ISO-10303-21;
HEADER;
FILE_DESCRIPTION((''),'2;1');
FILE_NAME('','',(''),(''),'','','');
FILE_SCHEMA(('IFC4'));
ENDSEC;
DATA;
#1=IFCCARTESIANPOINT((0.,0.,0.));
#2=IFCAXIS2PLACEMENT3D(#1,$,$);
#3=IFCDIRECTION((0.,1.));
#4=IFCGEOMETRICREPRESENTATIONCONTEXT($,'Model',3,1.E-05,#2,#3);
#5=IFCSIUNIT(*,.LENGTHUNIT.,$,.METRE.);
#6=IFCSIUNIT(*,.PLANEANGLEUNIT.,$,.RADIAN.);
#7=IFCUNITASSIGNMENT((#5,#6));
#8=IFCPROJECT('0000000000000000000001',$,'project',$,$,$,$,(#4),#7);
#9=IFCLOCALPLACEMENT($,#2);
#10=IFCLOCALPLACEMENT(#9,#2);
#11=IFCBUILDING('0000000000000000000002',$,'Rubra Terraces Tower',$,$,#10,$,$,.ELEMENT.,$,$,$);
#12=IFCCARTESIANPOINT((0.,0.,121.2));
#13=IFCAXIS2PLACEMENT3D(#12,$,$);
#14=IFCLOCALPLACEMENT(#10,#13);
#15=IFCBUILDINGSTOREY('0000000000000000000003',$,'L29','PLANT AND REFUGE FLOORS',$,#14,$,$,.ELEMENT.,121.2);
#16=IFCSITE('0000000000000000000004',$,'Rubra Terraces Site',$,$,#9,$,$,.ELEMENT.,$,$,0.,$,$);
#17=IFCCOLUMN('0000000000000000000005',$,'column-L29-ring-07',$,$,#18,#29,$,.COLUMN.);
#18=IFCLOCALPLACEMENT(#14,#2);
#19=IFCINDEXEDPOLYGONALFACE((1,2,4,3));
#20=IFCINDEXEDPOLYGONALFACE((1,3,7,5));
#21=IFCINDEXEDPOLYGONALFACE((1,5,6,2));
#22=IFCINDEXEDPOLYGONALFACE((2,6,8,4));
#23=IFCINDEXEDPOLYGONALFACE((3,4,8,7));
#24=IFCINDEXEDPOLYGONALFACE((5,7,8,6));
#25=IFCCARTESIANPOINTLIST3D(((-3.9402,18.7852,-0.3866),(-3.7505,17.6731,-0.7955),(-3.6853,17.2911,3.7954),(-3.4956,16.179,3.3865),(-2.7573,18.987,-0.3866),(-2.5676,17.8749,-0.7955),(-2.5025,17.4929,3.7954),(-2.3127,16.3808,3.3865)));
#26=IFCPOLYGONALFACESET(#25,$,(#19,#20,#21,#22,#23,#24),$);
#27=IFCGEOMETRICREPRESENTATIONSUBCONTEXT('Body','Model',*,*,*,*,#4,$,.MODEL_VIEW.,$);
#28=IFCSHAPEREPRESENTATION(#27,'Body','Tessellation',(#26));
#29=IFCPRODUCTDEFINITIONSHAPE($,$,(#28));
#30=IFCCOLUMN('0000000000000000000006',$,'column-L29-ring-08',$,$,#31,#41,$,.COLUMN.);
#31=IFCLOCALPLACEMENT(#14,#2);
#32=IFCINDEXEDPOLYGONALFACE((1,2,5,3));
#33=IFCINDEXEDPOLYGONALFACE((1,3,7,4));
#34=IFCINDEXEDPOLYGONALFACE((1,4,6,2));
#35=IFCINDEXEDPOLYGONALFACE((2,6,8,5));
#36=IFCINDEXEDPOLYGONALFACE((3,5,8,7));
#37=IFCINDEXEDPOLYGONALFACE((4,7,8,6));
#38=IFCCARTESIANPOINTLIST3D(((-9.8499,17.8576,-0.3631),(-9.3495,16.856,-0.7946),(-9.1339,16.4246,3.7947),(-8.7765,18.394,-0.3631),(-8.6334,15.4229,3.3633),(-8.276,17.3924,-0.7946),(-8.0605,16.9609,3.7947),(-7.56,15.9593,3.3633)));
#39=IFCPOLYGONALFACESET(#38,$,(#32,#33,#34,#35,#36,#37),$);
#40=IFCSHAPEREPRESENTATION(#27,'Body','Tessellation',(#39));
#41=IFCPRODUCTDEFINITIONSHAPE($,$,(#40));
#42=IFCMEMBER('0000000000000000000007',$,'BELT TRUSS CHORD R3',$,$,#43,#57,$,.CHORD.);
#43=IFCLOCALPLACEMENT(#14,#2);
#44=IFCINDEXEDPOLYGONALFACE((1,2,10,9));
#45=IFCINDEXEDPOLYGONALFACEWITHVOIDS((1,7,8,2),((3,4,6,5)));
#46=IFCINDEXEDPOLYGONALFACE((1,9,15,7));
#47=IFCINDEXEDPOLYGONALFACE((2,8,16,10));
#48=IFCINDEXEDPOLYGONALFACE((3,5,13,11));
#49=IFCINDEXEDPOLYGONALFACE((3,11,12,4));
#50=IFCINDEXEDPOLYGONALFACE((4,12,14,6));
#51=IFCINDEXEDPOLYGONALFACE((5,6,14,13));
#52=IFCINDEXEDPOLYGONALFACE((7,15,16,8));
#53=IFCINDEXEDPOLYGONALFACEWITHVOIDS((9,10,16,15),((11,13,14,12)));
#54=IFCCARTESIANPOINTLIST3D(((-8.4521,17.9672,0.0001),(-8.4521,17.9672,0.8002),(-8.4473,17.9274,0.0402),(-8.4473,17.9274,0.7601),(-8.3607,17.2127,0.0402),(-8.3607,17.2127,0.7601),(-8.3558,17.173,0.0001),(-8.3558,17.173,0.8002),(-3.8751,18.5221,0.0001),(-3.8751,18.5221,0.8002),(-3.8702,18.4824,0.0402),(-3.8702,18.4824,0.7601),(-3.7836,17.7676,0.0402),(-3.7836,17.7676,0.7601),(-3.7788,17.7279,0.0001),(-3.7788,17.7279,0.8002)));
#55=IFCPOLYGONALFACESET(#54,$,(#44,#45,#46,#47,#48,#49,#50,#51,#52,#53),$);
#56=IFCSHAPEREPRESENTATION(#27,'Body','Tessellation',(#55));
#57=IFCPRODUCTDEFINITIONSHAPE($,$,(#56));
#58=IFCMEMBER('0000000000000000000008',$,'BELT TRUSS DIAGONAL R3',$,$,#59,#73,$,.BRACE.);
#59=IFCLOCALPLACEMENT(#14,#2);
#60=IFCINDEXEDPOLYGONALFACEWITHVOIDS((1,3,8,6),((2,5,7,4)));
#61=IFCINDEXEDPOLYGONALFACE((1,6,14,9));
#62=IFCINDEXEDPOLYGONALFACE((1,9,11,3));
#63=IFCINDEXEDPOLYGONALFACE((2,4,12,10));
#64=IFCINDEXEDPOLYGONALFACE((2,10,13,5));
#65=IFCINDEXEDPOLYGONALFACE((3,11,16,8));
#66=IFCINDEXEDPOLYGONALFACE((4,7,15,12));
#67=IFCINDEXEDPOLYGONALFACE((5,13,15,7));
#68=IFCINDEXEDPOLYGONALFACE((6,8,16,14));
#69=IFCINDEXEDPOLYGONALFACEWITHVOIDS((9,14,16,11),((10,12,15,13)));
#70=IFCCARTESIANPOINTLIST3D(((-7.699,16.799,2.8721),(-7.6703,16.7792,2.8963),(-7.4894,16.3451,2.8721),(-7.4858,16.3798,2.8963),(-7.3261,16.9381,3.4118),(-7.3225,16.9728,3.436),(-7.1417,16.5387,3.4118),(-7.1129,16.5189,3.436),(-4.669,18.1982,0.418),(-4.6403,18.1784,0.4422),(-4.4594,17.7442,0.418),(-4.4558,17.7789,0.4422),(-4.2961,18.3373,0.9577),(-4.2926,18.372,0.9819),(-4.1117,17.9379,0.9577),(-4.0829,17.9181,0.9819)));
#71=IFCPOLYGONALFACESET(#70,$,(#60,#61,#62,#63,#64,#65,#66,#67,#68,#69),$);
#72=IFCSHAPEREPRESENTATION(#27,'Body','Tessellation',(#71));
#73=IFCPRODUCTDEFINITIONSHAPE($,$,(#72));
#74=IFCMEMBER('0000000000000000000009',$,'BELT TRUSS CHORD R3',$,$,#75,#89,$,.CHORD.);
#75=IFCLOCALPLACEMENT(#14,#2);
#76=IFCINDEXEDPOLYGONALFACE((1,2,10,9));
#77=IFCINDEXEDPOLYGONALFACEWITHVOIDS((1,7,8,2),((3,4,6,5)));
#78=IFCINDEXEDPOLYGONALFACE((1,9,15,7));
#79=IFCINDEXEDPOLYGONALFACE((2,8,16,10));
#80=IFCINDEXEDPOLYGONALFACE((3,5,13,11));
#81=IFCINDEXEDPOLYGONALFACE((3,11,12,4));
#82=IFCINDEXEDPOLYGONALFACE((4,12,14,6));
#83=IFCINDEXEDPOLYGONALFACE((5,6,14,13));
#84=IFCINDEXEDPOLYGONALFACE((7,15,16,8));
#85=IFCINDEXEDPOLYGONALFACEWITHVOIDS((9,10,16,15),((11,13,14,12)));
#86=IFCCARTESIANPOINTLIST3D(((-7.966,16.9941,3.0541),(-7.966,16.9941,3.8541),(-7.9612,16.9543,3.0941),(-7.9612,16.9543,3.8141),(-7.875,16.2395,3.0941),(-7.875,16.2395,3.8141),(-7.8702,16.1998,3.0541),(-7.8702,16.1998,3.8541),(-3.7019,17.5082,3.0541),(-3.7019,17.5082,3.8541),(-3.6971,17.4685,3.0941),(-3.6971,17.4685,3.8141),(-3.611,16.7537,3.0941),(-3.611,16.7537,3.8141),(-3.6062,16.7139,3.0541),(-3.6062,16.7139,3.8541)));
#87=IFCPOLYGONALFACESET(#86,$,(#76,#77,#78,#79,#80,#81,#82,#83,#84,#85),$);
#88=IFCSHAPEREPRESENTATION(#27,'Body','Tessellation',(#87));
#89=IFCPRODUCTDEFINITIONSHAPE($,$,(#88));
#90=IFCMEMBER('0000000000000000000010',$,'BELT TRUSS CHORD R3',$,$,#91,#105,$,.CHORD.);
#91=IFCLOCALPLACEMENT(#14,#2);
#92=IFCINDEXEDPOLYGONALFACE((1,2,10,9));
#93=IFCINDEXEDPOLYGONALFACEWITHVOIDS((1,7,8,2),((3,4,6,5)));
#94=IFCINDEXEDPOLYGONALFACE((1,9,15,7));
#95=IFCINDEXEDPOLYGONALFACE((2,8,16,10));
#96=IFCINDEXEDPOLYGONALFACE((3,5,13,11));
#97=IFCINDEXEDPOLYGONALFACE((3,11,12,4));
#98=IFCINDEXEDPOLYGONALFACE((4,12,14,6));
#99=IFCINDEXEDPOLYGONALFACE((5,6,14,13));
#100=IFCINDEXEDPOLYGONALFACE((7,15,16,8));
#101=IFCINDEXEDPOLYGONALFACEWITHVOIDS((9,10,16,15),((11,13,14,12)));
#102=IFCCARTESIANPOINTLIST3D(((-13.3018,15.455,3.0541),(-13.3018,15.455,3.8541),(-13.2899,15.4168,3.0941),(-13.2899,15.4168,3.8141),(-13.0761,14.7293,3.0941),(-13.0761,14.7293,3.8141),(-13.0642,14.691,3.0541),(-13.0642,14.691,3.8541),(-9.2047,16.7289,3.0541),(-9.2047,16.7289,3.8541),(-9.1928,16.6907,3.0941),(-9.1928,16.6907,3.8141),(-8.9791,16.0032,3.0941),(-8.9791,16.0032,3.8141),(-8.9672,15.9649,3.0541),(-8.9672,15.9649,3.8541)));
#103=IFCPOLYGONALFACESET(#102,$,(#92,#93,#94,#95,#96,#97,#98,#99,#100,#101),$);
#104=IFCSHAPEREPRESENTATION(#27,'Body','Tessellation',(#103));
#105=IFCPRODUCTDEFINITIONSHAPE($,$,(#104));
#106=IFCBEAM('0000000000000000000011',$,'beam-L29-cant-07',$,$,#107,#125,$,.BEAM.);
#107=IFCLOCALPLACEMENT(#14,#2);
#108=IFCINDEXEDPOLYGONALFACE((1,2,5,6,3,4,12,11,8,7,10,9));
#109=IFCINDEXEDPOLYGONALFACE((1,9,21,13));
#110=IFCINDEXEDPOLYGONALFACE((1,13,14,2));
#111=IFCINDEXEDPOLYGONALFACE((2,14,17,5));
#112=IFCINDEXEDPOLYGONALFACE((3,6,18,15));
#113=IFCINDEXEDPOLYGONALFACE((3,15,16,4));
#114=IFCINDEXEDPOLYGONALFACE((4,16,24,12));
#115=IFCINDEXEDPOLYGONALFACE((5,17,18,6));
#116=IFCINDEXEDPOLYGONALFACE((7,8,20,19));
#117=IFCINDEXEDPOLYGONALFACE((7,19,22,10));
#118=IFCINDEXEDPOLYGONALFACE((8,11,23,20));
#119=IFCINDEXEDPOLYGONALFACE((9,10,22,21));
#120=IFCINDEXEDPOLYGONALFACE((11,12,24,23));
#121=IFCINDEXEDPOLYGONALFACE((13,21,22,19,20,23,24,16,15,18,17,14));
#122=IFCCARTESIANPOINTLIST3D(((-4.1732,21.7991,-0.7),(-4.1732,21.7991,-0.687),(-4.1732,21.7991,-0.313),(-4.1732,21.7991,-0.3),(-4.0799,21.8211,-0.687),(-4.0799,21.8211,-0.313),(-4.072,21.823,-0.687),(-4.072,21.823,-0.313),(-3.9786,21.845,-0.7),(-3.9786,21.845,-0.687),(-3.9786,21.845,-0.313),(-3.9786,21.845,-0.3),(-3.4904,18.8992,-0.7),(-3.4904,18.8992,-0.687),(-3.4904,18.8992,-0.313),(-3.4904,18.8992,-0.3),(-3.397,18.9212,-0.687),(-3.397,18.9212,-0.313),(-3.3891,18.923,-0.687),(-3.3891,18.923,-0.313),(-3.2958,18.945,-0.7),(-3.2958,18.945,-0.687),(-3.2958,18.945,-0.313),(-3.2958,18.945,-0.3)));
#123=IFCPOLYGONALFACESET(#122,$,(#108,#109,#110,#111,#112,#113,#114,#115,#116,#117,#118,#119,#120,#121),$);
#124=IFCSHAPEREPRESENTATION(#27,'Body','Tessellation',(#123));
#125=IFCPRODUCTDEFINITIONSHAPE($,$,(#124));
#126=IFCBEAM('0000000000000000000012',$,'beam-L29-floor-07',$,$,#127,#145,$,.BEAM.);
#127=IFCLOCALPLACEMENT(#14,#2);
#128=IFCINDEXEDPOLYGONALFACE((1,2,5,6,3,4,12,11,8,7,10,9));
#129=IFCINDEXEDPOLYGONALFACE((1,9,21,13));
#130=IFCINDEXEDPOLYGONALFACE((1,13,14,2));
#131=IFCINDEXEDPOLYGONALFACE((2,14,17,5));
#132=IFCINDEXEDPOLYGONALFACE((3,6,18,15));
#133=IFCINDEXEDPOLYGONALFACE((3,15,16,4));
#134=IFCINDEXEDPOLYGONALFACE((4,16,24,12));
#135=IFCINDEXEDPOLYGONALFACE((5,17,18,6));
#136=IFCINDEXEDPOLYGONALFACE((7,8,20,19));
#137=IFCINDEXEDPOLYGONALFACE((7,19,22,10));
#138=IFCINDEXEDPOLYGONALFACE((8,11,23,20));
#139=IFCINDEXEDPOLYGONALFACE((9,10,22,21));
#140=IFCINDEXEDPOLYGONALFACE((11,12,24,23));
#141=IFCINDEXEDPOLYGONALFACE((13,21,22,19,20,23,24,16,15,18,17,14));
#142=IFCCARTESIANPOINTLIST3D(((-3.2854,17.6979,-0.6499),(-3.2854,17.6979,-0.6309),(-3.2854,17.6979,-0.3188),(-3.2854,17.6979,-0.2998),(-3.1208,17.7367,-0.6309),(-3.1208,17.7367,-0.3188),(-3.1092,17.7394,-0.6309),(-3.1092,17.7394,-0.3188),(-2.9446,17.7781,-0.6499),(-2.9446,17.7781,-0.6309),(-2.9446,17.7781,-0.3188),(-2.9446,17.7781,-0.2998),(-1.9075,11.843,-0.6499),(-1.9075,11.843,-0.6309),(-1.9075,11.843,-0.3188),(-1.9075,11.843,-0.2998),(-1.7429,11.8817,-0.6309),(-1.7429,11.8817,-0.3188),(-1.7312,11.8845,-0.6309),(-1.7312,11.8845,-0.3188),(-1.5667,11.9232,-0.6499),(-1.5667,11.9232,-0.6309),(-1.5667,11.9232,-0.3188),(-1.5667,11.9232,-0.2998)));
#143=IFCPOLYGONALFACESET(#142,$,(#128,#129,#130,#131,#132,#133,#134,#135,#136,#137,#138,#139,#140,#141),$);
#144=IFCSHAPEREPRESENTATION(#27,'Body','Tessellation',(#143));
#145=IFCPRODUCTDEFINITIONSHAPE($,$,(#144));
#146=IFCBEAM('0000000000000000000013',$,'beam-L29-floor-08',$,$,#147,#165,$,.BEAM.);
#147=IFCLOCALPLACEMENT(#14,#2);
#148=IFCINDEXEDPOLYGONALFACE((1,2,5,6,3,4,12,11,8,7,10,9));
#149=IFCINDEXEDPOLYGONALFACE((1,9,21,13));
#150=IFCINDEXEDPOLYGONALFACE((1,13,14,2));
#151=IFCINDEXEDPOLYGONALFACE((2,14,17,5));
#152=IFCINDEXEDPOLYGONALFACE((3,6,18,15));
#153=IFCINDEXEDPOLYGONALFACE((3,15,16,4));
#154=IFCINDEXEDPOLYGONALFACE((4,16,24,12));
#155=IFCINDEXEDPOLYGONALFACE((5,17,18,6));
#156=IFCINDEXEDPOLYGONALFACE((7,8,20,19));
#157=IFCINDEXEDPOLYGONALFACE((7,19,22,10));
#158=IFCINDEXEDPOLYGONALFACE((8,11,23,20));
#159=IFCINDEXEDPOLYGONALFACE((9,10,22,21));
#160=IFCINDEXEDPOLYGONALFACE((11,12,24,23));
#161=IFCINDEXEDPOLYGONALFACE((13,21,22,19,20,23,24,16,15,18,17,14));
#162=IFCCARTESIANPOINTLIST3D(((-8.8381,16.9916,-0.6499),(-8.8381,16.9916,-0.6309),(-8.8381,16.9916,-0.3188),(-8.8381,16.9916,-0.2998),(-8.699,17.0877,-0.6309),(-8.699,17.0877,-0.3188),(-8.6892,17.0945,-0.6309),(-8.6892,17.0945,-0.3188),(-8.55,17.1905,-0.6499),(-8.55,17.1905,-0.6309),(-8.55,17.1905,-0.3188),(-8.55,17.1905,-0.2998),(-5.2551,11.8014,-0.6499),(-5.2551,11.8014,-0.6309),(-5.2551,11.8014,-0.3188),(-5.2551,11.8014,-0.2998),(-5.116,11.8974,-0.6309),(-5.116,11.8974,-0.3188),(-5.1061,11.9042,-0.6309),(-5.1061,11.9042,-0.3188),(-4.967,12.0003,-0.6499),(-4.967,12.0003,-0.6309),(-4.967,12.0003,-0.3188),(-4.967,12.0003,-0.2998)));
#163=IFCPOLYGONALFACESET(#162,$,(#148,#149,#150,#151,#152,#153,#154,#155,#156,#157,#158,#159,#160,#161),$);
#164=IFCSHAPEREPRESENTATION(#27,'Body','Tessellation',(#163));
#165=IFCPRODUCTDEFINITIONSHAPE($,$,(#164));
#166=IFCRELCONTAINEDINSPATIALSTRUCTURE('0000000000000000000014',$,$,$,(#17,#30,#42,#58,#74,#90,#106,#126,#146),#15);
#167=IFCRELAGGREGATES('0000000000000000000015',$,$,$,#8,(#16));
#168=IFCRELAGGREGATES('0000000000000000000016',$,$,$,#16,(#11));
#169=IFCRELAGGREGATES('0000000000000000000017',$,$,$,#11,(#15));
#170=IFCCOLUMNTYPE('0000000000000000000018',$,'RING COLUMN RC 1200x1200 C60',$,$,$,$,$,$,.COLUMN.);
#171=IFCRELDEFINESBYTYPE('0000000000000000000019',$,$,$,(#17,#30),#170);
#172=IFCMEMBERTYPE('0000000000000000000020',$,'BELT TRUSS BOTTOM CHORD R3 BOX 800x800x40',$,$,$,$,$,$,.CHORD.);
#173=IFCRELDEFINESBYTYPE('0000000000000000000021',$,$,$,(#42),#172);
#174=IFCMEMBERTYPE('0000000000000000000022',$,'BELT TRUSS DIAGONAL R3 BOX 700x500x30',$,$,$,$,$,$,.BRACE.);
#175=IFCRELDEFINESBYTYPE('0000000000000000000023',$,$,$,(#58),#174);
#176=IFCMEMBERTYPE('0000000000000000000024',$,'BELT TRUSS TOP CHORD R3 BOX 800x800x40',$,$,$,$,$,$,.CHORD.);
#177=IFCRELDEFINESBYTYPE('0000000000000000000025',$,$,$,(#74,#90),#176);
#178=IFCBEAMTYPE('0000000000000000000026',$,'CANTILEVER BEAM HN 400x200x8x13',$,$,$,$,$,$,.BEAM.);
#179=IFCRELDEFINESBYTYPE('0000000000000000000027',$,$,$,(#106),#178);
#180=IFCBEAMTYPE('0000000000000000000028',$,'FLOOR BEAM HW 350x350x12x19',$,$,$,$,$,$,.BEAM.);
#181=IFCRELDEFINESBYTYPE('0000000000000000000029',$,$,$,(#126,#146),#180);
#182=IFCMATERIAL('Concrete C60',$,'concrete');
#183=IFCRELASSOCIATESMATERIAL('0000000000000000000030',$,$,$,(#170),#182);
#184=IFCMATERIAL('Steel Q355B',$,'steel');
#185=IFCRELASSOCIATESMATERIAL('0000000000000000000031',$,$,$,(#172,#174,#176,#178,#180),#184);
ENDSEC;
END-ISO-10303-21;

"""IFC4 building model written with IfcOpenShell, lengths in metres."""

from ifc_helpers import new_model, si_unit, direction, frame, origin, origin_2d, place, context, subcontext, project, spatial, rectangle, hollow_rectangle, i_section, extrude, material, material_profile, profile_set, type_object, element, save


model = new_model("IFC4")

# Units and contexts
model_context = context("Model", 3, precision=1e-05, world=origin(), true_north=direction((0.0, 1.0)))
body_context = subcontext(model_context, "Body", "Model", "MODEL_VIEW")
ifc_project = project(units=[si_unit("LENGTHUNIT", "METRE"), si_unit("PLANEANGLEUNIT", "RADIAN")], contexts=[model_context])

# Site, building, storey
site_placement = place(None, origin())
site = spatial("IfcSite", under=ifc_project, at=site_placement, Name="Rubra Terraces Site", CompositionType="ELEMENT", RefElevation=0.0)
building_placement = place(site_placement, origin())
building = spatial("IfcBuilding", under=site, at=building_placement, Name="Rubra Terraces Tower", CompositionType="ELEMENT")
storey_placement = place(building_placement, frame((0.0, 0.0, 121.2)))
storey = spatial("IfcBuildingStorey", under=building, at=storey_placement, Name="L29", Description="PLANT AND REFUGE FLOORS", CompositionType="ELEMENT", Elevation=121.2)

# Columns
ifc_material_1 = material(Name="Concrete C60", Category="concrete")
ifc_material_profile_1 = material_profile(ifc_material_1, rectangle(XDim=1.2, YDim=1.2, at=origin_2d()), Name="RC 1200x1200")
ifc_profile_set_1 = profile_set([ifc_material_profile_1], Name="Concrete C60")
column_type = type_object("IfcColumnType", Name="RING COLUMN RC 1200x1200 C60", PredefinedType="COLUMN", material=ifc_profile_set_1)
column_1_placement = place(storey_placement, frame((-3.2539, 18.3301, -0.5911), z_axis=(0.057299, -0.335888, 0.940157), x_axis=(0.98576, 0.168159, 0.0)))
element("IfcColumn", 1, at=column_1_placement, inside=storey, type_object=column_type, Name="column-L29-ring-07", PredefinedType="COLUMN", context=body_context, shape_type="SweptSolid", body=[
    extrude(rectangle(XDim=1.2, YDim=1.2, at=origin_2d()), origin(), (0.0, 0.0, 1.0), 4.4482),
])
column_2_placement = place(storey_placement, frame((-9.063, 17.625, -0.5789), z_axis=(0.1607, -0.321619, 0.933133), x_axis=(0.894549, 0.44697, 0.0)))
element("IfcColumn", 2, at=column_2_placement, inside=storey, type_object=column_type, Name="column-L29-ring-08", PredefinedType="COLUMN", context=body_context, shape_type="SweptSolid", body=[
    extrude(rectangle(XDim=1.2, YDim=1.2, at=origin_2d()), origin(), (0.0, 0.0, 1.0), 4.4558),
])

# Members
ifc_material_2 = material(Name="Steel Q355B", Category="steel")
ifc_material_profile_2 = material_profile(ifc_material_2, hollow_rectangle(XDim=0.8, YDim=0.8, WallThickness=0.04, at=origin_2d()), Name="BOX 800x800x40")
ifc_profile_set_2 = profile_set([ifc_material_profile_2], Name="Steel Q355B")
member_type_1 = type_object("IfcMemberType", Name="BELT TRUSS BOTTOM CHORD R3 BOX 800x800x40", PredefinedType="CHORD", material=ifc_profile_set_2)
member_1_placement = place(storey_placement, frame((-3.8269, 18.125, 0.4001), z_axis=(-0.992731, -0.120358, 0.0), x_axis=(0.120358, -0.992731, 0.0)))
element("IfcMember", 3, at=member_1_placement, inside=storey, type_object=member_type_1, Name="BELT TRUSS CHORD R3", PredefinedType="CHORD", context=body_context, shape_type="SweptSolid", body=[
    extrude(hollow_rectangle(XDim=0.8, YDim=0.8, WallThickness=0.04, at=origin_2d()), origin(), (0.0, 0.0, 1.0), 4.6106),
])
ifc_material_profile_3 = material_profile(ifc_material_2, hollow_rectangle(XDim=0.5, YDim=0.7, WallThickness=0.03, at=origin_2d()), Name="BOX 700x500x30")
ifc_profile_set_3 = profile_set([ifc_material_profile_3], Name="Steel Q355B")
member_type_2 = type_object("IfcMemberType", Name="BELT TRUSS DIAGONAL R3 BOX 700x500x30", PredefinedType="BRACE", material=ifc_profile_set_3)
member_2_placement = place(storey_placement, frame((-4.376, 18.0581, 0.7), z_axis=(-0.731427, -0.337749, 0.592402), x_axis=(0.41923, -0.90788, 0.0)))
element("IfcMember", 4, at=member_2_placement, inside=storey, type_object=member_type_2, Name="BELT TRUSS DIAGONAL R3", PredefinedType="BRACE", context=body_context, shape_type="SweptSolid", body=[
    extrude(hollow_rectangle(XDim=0.5, YDim=0.7, WallThickness=0.03, at=origin_2d()), origin(), (0.0, 0.0, 1.0), 4.1426),
])
ifc_material_profile_4 = material_profile(ifc_material_2, hollow_rectangle(XDim=0.8, YDim=0.8, WallThickness=0.04, at=origin_2d()), Name="BOX 800x800x40")
ifc_profile_set_4 = profile_set([ifc_material_profile_4], Name="Steel Q355B")
member_type_3 = type_object("IfcMemberType", Name="BELT TRUSS TOP CHORD R3 BOX 800x800x40", PredefinedType="CHORD", material=ifc_profile_set_4)
member_3_placement = place(storey_placement, frame((-3.6541, 17.1111, 3.4541), z_axis=(-0.992808, -0.119717, 0.0), x_axis=(0.119717, -0.992808, 0.0)))
element("IfcMember", 5, at=member_3_placement, inside=storey, type_object=member_type_3, Name="BELT TRUSS CHORD R3", PredefinedType="CHORD", context=body_context, shape_type="SweptSolid", body=[
    extrude(hollow_rectangle(XDim=0.8, YDim=0.8, WallThickness=0.04, at=origin_2d()), origin(), (0.0, 0.0, 1.0), 4.2949),
])
member_4_placement = place(storey_placement, frame((-9.0859, 16.3469, 3.4541), z_axis=(-0.954906, -0.296907, 0.0), x_axis=(0.296907, -0.954906, 0.0)))
element("IfcMember", 6, at=member_4_placement, inside=storey, type_object=member_type_3, Name="BELT TRUSS CHORD R3", PredefinedType="CHORD", context=body_context, shape_type="SweptSolid", body=[
    extrude(hollow_rectangle(XDim=0.8, YDim=0.8, WallThickness=0.04, at=origin_2d()), origin(), (0.0, 0.0, 1.0), 4.2905),
])

# Beams
ifc_material_profile_5 = material_profile(ifc_material_2, i_section(OverallWidth=0.2, OverallDepth=0.3999, WebThickness=0.0081, FlangeThickness=0.0129, at=origin_2d()), Name="HN 400x200x8x13")
ifc_profile_set_5 = profile_set([ifc_material_profile_5], Name="Steel Q355B")
beam_type_1 = type_object("IfcBeamType", Name="CANTILEVER BEAM HN 400x200x8x13", PredefinedType="BEAM", material=ifc_profile_set_5)
beam_1_placement = place(storey_placement, frame((-3.3931, 18.9221, -0.5), z_axis=(-0.229208, 0.973377, 0.0), x_axis=(-0.973377, -0.229208, 0.0)))
element("IfcBeam", 7, at=beam_1_placement, inside=storey, type_object=beam_type_1, Name="beam-L29-cant-07", PredefinedType="BEAM", context=body_context, shape_type="SweptSolid", body=[
    extrude(i_section(OverallWidth=0.2, OverallDepth=0.3999, WebThickness=0.0081, FlangeThickness=0.0129, at=origin_2d()), origin(), (0.0, 0.0, 1.0), 2.9792),
])
ifc_material_profile_6 = material_profile(ifc_material_2, i_section(OverallWidth=0.3501, OverallDepth=0.3501, WebThickness=0.012, FlangeThickness=0.019, at=origin_2d()), Name="HW 350x350x12x19")
ifc_profile_set_6 = profile_set([ifc_material_profile_6], Name="Steel Q355B")
beam_type_2 = type_object("IfcBeamType", Name="FLOOR BEAM HW 350x350x12x19", PredefinedType="BEAM", material=ifc_profile_set_6)
beam_2_placement = place(storey_placement, frame((-3.115, 17.738, -0.4749), z_axis=(0.229085, -0.973407, 0.0), x_axis=(0.973407, 0.229085, 0.0)))
element("IfcBeam", 8, at=beam_2_placement, inside=storey, type_object=beam_type_2, Name="beam-L29-floor-07", PredefinedType="BEAM", context=body_context, shape_type="SweptSolid", body=[
    extrude(i_section(OverallWidth=0.3501, OverallDepth=0.3501, WebThickness=0.012, FlangeThickness=0.019, at=origin_2d()), origin(), (0.0, 0.0, 1.0), 6.0149),
])
beam_3_placement = place(storey_placement, frame((-8.6941, 17.0911, -0.4749), z_axis=(0.568116, -0.822948, 0.0), x_axis=(0.822948, 0.568116, 0.0)))
element("IfcBeam", 9, at=beam_3_placement, inside=storey, type_object=beam_type_2, Name="beam-L29-floor-08", PredefinedType="BEAM", context=body_context, shape_type="SweptSolid", body=[
    extrude(i_section(OverallWidth=0.3501, OverallDepth=0.3501, WebThickness=0.012, FlangeThickness=0.019, at=origin_2d()), origin(), (0.0, 0.0, 1.0), 6.3069),
])

save(model, "model.ifc")
